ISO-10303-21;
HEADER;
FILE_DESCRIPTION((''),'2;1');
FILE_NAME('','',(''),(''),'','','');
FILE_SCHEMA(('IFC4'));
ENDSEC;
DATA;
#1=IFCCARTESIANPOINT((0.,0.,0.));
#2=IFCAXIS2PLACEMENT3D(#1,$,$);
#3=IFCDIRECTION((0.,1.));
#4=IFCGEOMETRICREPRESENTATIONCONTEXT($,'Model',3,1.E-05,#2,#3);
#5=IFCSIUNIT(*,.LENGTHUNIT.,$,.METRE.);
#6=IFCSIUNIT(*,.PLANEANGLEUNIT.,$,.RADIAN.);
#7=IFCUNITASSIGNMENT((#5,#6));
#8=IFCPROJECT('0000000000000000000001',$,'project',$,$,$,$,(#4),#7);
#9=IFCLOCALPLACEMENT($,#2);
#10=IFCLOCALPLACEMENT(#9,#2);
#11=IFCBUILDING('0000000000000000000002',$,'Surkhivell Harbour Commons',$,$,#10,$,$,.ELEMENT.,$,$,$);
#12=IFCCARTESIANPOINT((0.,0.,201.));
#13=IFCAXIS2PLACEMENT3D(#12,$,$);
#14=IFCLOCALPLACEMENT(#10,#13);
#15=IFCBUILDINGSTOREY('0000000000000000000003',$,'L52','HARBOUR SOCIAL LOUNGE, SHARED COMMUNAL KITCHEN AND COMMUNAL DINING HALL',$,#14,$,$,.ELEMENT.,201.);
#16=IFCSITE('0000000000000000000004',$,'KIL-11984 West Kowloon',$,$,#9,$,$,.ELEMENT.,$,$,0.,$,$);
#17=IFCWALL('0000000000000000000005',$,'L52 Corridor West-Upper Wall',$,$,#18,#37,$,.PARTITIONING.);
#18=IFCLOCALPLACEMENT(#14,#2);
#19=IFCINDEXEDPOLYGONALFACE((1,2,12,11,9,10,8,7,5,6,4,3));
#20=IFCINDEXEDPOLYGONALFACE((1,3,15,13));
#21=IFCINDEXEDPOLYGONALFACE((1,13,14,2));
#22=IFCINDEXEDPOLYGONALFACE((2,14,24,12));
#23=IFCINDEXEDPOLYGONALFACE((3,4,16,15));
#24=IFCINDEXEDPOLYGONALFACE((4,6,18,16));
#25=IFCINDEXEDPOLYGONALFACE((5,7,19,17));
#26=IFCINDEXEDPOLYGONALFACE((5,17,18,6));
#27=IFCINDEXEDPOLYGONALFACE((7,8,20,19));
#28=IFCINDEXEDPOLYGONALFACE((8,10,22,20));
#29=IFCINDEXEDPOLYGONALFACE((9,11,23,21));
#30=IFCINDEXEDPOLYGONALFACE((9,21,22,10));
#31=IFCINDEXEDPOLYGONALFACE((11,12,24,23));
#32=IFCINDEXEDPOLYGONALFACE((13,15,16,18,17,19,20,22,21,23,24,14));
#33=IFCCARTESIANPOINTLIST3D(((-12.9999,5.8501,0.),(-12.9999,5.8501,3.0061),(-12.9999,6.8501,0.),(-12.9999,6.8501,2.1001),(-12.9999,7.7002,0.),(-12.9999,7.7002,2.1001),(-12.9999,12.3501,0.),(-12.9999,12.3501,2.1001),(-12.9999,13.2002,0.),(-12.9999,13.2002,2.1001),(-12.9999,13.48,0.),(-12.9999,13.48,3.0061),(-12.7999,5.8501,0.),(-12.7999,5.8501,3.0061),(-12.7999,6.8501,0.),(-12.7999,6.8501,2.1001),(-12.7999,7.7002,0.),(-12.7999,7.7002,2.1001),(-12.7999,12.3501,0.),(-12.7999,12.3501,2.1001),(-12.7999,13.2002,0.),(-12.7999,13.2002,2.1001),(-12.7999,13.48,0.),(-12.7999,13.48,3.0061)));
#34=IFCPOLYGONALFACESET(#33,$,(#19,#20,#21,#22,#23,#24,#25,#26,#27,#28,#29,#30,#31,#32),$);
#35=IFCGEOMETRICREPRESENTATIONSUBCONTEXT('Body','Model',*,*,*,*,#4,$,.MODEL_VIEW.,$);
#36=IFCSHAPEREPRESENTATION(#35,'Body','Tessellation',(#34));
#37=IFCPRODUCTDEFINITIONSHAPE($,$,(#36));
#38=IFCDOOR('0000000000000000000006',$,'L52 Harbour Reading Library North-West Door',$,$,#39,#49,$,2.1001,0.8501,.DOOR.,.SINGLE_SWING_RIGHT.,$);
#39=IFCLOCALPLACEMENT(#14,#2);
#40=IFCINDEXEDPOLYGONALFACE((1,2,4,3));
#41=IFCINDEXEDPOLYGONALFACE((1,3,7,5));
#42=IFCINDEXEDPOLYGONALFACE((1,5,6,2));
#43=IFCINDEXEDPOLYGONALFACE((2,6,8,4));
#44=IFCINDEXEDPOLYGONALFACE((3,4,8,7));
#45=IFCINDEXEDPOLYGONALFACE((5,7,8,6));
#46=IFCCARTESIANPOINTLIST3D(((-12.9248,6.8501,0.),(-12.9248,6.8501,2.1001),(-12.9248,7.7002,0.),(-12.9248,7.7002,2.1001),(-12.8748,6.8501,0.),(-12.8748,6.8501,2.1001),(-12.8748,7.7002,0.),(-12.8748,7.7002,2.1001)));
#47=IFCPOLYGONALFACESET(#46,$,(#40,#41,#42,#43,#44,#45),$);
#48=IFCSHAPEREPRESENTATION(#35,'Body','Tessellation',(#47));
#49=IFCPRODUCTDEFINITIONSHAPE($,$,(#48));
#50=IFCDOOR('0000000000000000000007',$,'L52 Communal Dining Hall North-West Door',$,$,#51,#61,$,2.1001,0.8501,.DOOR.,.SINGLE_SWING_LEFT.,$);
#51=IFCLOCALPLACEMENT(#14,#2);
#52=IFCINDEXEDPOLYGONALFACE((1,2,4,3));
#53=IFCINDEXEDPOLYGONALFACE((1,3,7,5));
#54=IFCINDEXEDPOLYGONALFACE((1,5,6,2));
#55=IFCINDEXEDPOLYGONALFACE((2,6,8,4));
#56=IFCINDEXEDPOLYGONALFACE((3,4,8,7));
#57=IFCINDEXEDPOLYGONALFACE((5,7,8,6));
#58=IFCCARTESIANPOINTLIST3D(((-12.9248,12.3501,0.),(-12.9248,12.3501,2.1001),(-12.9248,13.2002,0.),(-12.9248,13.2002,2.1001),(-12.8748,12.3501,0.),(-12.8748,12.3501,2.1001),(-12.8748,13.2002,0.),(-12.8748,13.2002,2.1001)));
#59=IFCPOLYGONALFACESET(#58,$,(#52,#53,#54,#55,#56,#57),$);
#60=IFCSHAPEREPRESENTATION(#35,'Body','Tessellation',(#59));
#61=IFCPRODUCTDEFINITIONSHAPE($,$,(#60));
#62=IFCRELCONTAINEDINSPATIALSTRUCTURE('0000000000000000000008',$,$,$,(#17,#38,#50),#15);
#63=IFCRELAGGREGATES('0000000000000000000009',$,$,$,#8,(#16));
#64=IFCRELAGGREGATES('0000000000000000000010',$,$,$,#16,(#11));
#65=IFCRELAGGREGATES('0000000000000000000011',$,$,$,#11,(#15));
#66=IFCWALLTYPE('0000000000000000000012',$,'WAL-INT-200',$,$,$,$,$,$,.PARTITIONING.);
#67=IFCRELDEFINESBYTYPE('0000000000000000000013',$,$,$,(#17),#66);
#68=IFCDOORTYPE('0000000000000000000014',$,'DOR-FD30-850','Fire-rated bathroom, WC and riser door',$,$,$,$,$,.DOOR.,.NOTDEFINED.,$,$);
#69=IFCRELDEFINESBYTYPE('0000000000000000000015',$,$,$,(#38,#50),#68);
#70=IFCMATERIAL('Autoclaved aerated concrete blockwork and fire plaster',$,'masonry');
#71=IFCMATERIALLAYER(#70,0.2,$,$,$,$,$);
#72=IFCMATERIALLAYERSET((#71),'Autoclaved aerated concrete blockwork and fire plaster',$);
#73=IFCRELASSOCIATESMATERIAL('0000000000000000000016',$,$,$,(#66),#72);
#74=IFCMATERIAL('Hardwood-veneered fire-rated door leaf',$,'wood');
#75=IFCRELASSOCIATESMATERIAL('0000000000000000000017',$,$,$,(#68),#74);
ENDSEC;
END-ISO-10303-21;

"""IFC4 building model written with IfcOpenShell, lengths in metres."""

from ifc_helpers import new_model, si_unit, direction, frame, frame_2d, origin, place, context, subcontext, project, spatial, rectangle, extrude, material, layer, layer_set, type_object, element, fill, save


model = new_model("IFC4")

# Units and contexts
model_context = context("Model", 3, precision=1e-05, world=origin(), true_north=direction((0.0, 1.0)))
body_context = subcontext(model_context, "Body", "Model", "MODEL_VIEW")
ifc_project = project(units=[si_unit("LENGTHUNIT", "METRE"), si_unit("PLANEANGLEUNIT", "RADIAN")], contexts=[model_context])

# Site, building, storey
site_placement = place(None, origin())
site = spatial("IfcSite", under=ifc_project, at=site_placement, Name="KIL-11984 West Kowloon", CompositionType="ELEMENT", RefElevation=0.0)
building_placement = place(site_placement, origin())
building = spatial("IfcBuilding", under=site, at=building_placement, Name="Surkhivell Harbour Commons", CompositionType="ELEMENT")
storey_placement = place(building_placement, frame((0.0, 0.0, 201.0)))
storey = spatial("IfcBuildingStorey", under=building, at=storey_placement, Name="L52", Description="HARBOUR SOCIAL LOUNGE, SHARED COMMUNAL KITCHEN AND COMMUNAL DINING HALL", CompositionType="ELEMENT", Elevation=201.0)

# Shared definitions
ifc_material_1 = material(Name="Hardwood-veneered fire-rated door leaf", Category="wood")

# Shared definitions
ifc_material_2 = material(Name="Autoclaved aerated concrete blockwork and fire plaster", Category="masonry")
ifc_layer_1 = layer(ifc_material_2, 0.2)
ifc_layer_set_1 = layer_set([ifc_layer_1], Name="Autoclaved aerated concrete blockwork and fire plaster")
wall_type_1 = type_object("IfcWallType", Name="WAL-INT-200", PredefinedType="PARTITIONING", material=ifc_layer_set_1)

# Wall, openings, doors
wall_1_placement = place(storey_placement, frame((-12.8999, 5.8501, 0.0), z_axis=(0.0, 0.0, 1.0), x_axis=(0.0, 1.0, 0.0)))
wall_1 = element("IfcWall", 1, at=wall_1_placement, inside=storey, type_object=wall_type_1, Name="L52 Corridor West-Upper Wall", PredefinedType="PARTITIONING", context=body_context, shape_type="SweptSolid", body=[
    extrude(rectangle(XDim=7.6299, YDim=0.2, at=frame_2d((3.8149, 0.0))), origin(), (0.0, 0.0, 1.0), 3.0061),
])
opening_1_placement = place(wall_1_placement, frame((1.0, 0.0, 0.0)))
opening_1 = element("IfcOpeningElement", 2, at=opening_1_placement, cuts=wall_1, PredefinedType="OPENING", context=body_context, shape_type="SweptSolid", body=[
    extrude(rectangle(XDim=0.8501, YDim=2.1001, at=frame_2d((0.425, 1.05))), frame((0.0, 0.1099, 0.0), z_axis=(0.0, -1.0, 0.0), x_axis=(1.0, 0.0, 0.0)), (0.0, 0.0, 1.0), 0.22),
])
opening_2_placement = place(wall_1_placement, frame((6.5, 0.0, 0.0)))
opening_2 = element("IfcOpeningElement", 3, at=opening_2_placement, cuts=wall_1, PredefinedType="OPENING", context=body_context, shape_type="SweptSolid", body=[
    extrude(rectangle(XDim=0.8501, YDim=2.1001, at=frame_2d((0.425, 1.05))), frame((0.0, 0.1099, 0.0), z_axis=(0.0, -1.0, 0.0), x_axis=(1.0, 0.0, 0.0)), (0.0, 0.0, 1.0), 0.22),
])
door_type_1 = type_object("IfcDoorType", Name="DOR-FD30-850", Description="Fire-rated bathroom, WC and riser door", OperationType="NOTDEFINED", PredefinedType="DOOR", material=ifc_material_1)
door_1_placement = place(opening_1_placement, origin())
door_1 = element("IfcDoor", 4, at=door_1_placement, inside=storey, type_object=door_type_1, Name="L52 Harbour Reading Library North-West Door", OperationType="SINGLE_SWING_RIGHT", OverallHeight=2.1001, OverallWidth=0.8501, PredefinedType="DOOR", context=body_context, shape_type="SweptSolid", body=[
    extrude(rectangle(XDim=0.8501, YDim=2.1001, at=frame_2d((0.425, 1.05))), frame((0.0, 0.0249, 0.0), z_axis=(0.0, -1.0, 0.0), x_axis=(1.0, 0.0, 0.0)), (0.0, 0.0, 1.0), 0.05),
])
fill(opening_1, door_1)
door_2_placement = place(opening_2_placement, origin())
door_2 = element("IfcDoor", 5, at=door_2_placement, inside=storey, type_object=door_type_1, Name="L52 Communal Dining Hall North-West Door", OperationType="SINGLE_SWING_LEFT", OverallHeight=2.1001, OverallWidth=0.8501, PredefinedType="DOOR", context=body_context, shape_type="SweptSolid", body=[
    extrude(rectangle(XDim=0.8501, YDim=2.1001, at=frame_2d((0.425, 1.05))), frame((0.0, 0.0249, 0.0), z_axis=(0.0, -1.0, 0.0), x_axis=(1.0, 0.0, 0.0)), (0.0, 0.0, 1.0), 0.05),
])
fill(opening_2, door_2)

save(model, "model.ifc")
